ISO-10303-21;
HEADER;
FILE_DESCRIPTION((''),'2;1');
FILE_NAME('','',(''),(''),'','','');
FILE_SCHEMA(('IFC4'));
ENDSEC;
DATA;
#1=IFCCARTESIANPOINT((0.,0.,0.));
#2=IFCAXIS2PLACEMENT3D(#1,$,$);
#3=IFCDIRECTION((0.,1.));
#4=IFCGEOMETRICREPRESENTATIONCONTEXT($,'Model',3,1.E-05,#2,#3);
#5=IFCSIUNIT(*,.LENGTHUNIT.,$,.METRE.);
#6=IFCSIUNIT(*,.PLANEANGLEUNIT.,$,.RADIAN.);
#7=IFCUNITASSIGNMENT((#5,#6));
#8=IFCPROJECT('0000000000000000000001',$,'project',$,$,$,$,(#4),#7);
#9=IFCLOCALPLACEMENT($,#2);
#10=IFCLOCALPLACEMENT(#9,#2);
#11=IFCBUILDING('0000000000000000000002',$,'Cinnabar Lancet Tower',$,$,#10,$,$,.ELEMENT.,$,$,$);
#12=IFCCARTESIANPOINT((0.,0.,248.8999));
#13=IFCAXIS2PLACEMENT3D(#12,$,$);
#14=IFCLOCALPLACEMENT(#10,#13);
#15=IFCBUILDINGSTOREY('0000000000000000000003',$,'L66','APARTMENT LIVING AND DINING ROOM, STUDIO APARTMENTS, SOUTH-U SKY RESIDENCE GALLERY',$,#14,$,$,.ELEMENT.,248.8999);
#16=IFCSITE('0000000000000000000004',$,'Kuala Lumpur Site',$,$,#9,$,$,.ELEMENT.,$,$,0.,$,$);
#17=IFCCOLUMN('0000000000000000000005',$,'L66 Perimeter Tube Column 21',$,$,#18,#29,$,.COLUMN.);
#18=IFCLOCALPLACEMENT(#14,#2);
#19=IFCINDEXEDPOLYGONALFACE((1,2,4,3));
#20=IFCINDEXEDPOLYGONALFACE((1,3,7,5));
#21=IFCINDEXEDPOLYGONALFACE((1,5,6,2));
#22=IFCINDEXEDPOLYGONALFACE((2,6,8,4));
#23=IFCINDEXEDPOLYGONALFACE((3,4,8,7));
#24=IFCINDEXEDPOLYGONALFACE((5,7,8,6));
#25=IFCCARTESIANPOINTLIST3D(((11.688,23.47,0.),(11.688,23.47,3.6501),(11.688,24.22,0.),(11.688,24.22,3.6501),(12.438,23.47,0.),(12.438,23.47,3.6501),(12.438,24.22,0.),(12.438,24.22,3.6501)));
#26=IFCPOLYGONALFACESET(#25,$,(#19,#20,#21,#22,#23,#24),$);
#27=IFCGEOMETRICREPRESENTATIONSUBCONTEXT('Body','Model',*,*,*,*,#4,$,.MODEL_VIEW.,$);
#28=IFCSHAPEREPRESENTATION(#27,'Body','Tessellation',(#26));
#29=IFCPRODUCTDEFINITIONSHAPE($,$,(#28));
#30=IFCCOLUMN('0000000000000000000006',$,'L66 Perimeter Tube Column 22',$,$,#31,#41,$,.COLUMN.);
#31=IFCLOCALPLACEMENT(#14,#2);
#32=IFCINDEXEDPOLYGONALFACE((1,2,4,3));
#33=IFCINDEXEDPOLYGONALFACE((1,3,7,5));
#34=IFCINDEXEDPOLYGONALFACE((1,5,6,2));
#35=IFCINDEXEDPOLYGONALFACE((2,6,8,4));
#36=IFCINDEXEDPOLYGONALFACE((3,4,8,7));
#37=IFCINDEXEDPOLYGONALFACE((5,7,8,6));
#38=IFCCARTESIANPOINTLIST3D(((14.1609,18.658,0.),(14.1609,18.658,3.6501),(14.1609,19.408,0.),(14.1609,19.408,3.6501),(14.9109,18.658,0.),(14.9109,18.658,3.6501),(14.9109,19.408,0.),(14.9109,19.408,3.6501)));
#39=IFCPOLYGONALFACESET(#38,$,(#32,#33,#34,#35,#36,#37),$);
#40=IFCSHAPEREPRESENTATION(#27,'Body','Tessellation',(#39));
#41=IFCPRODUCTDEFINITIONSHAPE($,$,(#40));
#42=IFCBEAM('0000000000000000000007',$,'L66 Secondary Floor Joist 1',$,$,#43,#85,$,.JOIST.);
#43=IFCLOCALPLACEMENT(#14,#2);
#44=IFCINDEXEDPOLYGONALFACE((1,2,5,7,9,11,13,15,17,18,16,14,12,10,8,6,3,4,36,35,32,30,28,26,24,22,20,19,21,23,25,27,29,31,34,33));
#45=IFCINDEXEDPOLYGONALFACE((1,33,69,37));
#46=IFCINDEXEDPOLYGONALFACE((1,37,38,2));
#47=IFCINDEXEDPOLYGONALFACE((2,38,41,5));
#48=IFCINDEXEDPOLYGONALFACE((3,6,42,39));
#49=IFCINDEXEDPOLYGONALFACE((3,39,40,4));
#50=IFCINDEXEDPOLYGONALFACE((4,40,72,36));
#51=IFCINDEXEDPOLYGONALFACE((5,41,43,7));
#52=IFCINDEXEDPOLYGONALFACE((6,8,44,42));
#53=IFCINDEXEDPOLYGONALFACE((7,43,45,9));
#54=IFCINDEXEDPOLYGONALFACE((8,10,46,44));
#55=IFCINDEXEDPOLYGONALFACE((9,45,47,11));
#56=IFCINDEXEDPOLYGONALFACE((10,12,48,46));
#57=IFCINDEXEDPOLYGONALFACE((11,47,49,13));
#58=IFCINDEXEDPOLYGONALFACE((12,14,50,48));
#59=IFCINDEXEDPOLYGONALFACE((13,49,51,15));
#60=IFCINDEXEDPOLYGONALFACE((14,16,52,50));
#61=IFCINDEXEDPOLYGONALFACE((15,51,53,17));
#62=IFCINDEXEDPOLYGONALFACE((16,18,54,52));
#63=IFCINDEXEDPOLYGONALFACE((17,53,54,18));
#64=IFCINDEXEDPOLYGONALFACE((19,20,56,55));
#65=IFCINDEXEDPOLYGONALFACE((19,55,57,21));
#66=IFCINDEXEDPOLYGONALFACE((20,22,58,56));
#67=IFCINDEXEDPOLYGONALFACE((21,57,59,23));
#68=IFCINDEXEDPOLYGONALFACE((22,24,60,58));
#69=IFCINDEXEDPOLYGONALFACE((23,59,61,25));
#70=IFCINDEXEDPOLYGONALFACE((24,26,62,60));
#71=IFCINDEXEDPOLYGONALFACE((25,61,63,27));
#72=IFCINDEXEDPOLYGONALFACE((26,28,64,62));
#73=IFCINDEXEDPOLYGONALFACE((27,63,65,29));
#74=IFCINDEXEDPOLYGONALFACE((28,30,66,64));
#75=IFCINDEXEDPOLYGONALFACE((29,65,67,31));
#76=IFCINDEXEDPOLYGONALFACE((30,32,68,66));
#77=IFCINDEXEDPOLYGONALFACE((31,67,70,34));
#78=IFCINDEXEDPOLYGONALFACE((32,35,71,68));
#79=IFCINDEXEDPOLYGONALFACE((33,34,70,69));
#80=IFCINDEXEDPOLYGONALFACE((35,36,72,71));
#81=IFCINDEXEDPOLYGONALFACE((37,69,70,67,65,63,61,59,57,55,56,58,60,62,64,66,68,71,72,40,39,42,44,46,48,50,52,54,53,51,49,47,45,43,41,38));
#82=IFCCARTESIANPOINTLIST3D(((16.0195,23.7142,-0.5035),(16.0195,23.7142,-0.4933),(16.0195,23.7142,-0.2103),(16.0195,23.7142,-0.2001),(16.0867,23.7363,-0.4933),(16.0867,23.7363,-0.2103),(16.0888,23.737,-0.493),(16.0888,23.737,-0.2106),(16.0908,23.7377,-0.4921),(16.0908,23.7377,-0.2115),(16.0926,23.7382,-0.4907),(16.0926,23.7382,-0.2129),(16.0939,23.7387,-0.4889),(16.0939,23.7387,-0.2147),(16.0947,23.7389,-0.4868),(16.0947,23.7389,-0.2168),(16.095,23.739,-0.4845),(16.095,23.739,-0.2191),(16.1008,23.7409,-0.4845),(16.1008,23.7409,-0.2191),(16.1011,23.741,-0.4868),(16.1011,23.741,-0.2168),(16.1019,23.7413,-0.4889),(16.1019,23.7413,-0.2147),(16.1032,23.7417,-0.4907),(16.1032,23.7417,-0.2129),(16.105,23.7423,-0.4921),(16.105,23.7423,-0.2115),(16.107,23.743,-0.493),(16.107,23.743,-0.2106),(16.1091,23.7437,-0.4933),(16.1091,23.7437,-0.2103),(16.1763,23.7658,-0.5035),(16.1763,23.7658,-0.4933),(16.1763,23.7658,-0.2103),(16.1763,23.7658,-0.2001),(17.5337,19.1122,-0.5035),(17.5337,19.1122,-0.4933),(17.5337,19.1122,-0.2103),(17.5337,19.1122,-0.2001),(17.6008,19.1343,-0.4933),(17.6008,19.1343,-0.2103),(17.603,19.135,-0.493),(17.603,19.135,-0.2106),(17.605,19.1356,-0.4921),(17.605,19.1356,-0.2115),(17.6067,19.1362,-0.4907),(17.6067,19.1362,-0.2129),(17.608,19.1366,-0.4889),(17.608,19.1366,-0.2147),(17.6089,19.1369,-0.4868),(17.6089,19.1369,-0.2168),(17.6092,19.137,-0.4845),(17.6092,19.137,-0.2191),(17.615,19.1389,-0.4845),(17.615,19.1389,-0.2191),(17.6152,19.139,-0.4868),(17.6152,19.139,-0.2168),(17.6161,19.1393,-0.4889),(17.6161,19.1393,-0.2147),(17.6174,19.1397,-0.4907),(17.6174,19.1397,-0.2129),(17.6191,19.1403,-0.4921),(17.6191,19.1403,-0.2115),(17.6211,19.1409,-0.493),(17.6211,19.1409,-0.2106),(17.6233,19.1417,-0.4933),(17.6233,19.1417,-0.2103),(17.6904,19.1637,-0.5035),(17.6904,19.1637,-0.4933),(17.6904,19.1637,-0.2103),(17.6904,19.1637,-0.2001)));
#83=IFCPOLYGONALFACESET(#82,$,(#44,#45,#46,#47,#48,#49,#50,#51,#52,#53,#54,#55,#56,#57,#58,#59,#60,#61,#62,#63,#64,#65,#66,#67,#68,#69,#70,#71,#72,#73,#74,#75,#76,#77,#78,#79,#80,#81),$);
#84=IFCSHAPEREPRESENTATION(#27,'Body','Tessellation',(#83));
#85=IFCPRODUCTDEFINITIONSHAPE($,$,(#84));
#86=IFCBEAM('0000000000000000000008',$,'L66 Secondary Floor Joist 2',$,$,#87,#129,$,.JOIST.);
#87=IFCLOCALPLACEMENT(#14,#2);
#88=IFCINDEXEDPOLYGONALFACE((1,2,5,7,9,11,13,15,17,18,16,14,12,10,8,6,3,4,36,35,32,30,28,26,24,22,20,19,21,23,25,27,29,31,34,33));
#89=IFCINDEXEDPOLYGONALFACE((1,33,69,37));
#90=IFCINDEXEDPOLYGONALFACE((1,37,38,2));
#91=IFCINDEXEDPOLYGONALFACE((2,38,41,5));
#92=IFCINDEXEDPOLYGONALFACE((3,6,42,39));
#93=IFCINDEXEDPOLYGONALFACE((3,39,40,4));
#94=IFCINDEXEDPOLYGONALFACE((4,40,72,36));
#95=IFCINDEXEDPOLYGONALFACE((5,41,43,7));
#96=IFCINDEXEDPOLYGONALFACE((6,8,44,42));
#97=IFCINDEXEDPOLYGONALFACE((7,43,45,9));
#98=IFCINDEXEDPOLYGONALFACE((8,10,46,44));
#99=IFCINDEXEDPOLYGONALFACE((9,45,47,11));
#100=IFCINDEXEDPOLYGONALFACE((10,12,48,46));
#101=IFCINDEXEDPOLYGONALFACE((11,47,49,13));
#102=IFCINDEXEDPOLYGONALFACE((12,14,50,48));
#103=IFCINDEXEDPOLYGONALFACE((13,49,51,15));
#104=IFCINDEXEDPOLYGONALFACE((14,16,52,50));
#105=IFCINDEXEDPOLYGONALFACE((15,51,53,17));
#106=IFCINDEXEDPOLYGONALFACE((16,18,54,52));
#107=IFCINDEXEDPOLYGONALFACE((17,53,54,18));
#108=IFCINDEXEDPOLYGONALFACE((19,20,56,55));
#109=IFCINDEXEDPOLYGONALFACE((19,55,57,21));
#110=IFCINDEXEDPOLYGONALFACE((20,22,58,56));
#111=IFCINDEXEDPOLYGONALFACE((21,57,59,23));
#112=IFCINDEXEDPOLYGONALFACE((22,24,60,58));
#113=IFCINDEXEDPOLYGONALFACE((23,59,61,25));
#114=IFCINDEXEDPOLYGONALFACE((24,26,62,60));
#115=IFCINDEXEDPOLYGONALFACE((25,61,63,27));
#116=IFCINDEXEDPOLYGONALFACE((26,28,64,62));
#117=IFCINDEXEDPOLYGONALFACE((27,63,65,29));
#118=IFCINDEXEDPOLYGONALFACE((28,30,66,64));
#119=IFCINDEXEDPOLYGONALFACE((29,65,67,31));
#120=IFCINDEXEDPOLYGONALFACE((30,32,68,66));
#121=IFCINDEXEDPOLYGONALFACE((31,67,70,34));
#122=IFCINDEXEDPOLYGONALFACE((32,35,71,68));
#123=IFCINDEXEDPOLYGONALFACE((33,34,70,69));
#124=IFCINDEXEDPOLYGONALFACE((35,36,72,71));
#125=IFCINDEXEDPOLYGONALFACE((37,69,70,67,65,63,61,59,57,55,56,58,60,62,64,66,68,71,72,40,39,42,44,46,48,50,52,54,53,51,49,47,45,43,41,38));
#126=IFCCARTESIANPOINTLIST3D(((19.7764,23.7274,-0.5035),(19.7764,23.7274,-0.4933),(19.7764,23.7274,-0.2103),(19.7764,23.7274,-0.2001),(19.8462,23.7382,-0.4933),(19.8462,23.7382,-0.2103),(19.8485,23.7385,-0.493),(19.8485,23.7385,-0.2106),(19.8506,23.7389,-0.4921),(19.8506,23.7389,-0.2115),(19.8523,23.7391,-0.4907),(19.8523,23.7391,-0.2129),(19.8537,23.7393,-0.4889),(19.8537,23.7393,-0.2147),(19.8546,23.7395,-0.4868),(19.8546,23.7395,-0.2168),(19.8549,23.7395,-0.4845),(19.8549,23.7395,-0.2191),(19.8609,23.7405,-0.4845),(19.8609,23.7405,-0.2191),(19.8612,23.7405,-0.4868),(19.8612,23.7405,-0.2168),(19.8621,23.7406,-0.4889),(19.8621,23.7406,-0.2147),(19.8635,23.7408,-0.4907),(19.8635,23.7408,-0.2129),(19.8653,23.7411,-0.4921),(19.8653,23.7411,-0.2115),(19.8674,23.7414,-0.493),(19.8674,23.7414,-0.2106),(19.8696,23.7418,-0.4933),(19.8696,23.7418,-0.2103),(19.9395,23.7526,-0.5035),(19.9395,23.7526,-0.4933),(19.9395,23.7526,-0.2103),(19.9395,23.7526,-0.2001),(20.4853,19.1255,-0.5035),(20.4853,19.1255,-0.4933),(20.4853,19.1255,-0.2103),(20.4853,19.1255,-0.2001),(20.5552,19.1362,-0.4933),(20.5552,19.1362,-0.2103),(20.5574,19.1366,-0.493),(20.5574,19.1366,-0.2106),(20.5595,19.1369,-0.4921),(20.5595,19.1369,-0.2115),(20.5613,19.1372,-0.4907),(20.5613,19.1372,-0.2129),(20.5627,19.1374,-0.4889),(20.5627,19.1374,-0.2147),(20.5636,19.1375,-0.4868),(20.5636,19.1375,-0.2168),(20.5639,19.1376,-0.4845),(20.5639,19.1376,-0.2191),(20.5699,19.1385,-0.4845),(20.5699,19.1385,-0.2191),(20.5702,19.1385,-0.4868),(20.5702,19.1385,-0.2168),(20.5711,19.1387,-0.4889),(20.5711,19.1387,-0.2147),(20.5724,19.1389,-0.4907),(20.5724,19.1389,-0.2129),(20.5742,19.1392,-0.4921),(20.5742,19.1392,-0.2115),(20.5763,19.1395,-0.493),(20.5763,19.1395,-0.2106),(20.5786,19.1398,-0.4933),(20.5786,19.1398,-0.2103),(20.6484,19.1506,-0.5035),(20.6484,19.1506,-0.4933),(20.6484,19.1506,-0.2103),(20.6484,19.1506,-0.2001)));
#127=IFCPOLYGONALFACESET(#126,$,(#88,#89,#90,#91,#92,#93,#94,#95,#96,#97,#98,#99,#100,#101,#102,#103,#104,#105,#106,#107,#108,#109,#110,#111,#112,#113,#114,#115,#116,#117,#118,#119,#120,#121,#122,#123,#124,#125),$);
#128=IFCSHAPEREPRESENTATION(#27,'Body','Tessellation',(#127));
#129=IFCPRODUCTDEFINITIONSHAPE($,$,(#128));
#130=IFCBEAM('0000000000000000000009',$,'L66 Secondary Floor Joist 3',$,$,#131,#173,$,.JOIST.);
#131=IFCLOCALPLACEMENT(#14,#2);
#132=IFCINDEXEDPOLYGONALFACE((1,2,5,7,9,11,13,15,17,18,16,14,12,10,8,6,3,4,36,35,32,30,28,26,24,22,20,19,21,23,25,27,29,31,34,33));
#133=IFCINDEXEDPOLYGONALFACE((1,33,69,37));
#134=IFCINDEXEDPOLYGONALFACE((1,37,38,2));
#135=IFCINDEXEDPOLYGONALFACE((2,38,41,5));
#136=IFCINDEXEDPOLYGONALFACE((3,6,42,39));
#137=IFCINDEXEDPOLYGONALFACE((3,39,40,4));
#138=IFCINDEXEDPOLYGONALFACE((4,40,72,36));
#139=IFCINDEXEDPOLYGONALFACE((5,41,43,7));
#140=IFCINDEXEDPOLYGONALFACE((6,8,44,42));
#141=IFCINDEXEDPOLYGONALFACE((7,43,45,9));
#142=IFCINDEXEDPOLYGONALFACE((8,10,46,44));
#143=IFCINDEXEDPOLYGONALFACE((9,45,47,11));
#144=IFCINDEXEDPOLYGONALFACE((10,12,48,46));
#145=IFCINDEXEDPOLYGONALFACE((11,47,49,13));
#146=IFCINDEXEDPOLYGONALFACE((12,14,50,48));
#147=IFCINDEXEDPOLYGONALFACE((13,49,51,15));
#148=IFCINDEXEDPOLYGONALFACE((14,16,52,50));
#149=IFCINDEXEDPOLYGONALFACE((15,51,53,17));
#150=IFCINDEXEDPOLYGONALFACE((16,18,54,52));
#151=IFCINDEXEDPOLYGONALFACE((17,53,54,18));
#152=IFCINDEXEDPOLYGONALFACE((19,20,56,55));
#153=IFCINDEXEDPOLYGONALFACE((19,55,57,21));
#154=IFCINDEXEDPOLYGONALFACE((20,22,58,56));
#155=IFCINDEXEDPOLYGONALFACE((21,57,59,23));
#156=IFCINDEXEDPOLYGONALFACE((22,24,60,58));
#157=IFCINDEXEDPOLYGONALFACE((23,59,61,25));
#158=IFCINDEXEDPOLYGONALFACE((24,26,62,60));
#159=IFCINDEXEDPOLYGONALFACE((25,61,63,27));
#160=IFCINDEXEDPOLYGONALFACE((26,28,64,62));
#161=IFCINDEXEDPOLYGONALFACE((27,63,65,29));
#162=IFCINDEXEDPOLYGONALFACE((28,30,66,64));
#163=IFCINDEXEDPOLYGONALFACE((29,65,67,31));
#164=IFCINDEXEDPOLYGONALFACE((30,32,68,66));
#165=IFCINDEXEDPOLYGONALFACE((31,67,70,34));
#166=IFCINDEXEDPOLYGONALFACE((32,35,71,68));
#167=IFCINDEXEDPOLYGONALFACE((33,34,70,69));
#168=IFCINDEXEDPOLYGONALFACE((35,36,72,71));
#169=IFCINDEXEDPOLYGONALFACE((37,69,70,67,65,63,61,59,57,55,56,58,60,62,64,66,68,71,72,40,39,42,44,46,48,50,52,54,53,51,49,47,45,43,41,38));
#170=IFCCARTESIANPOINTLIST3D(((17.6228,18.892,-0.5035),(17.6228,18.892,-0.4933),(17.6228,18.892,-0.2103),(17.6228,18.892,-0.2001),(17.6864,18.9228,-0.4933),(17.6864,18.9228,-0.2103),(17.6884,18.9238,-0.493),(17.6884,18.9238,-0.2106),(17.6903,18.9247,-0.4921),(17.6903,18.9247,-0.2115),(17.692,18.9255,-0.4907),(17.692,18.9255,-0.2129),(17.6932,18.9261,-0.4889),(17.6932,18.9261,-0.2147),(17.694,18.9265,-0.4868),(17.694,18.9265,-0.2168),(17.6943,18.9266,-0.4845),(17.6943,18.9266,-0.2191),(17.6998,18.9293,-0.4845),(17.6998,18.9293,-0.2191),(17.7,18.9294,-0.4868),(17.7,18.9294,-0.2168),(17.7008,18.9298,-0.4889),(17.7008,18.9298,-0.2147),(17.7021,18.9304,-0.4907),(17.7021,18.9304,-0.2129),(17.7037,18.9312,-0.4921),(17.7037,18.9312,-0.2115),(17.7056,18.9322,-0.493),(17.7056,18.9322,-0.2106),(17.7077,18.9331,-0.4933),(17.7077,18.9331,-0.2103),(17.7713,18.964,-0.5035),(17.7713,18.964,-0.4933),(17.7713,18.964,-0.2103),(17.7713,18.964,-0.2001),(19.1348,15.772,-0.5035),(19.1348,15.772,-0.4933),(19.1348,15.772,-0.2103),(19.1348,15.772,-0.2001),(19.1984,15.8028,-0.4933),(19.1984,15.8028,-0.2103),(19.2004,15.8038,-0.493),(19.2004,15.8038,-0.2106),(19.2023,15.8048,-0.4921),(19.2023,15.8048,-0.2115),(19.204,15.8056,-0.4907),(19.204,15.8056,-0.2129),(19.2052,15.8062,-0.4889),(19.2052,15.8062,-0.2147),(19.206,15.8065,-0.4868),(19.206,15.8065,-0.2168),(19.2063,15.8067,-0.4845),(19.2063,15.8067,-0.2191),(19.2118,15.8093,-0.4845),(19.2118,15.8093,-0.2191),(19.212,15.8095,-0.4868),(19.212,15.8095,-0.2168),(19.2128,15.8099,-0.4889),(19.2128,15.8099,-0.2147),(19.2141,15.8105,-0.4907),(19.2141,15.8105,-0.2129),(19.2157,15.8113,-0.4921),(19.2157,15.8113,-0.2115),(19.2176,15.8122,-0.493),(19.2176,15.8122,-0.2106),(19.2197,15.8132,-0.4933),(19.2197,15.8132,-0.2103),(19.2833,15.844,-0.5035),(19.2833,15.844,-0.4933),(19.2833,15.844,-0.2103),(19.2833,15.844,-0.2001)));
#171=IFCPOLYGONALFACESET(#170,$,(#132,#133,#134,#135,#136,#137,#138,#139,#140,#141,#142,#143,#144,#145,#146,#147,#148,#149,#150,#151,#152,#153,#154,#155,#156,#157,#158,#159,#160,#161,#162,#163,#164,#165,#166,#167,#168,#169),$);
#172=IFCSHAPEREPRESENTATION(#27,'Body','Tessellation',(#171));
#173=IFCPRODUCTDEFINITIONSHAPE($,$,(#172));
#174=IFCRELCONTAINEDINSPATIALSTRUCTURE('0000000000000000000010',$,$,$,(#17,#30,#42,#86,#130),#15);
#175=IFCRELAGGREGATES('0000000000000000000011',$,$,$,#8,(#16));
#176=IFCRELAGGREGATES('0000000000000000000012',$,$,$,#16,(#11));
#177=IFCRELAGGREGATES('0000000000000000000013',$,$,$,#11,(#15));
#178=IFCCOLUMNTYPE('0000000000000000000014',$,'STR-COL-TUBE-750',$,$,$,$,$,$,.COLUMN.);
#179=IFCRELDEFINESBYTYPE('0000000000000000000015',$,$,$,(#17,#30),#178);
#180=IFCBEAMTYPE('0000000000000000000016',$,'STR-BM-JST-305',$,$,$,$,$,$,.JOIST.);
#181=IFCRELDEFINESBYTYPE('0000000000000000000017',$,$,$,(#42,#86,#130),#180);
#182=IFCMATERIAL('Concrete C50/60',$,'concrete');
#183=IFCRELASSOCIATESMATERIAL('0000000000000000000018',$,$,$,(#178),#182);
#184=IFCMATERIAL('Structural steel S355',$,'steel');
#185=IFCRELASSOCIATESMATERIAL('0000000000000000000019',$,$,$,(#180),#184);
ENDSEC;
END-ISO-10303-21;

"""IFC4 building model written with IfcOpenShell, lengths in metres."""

from ifc_helpers import new_model, si_unit, direction, frame, origin, origin_2d, place, context, subcontext, project, spatial, rectangle, i_section, extrude, material, material_profile, profile_set, type_object, element, save


model = new_model("IFC4")

# Units and contexts
model_context = context("Model", 3, precision=1e-05, world=origin(), true_north=direction((0.0, 1.0)))
body_context = subcontext(model_context, "Body", "Model", "MODEL_VIEW")
ifc_project = project(units=[si_unit("LENGTHUNIT", "METRE"), si_unit("PLANEANGLEUNIT", "RADIAN")], contexts=[model_context])

# Site, building, storey
site_placement = place(None, origin())
site = spatial("IfcSite", under=ifc_project, at=site_placement, Name="Kuala Lumpur Site", CompositionType="ELEMENT", RefElevation=0.0)
building_placement = place(site_placement, origin())
building = spatial("IfcBuilding", under=site, at=building_placement, Name="Cinnabar Lancet Tower", CompositionType="ELEMENT")
storey_placement = place(building_placement, frame((0.0, 0.0, 248.8999)))
storey = spatial("IfcBuildingStorey", under=building, at=storey_placement, Name="L66", Description="APARTMENT LIVING AND DINING ROOM, STUDIO APARTMENTS, SOUTH-U SKY RESIDENCE GALLERY", CompositionType="ELEMENT", Elevation=248.8999)

# Columns
ifc_material_1 = material(Name="Concrete C50/60", Category="concrete")
ifc_material_profile_1 = material_profile(ifc_material_1, rectangle(XDim=0.75, YDim=0.75, at=origin_2d()), Name="RC-COL 750x750")
ifc_profile_set_1 = profile_set([ifc_material_profile_1], Name="Concrete C50/60")
column_type = type_object("IfcColumnType", Name="STR-COL-TUBE-750", PredefinedType="COLUMN", material=ifc_profile_set_1)
for number, where, z_axis, x_axis, name in (
    (1, (12.063, 23.845, 0.0), (0.0, 0.0, 1.0), (1.0, 0.0, 0.0), "L66 Perimeter Tube Column 21"),
    (2, (14.5359, 19.033, 0.0), (0.0, 0.0, 1.0), (1.0, 0.0, 0.0), "L66 Perimeter Tube Column 22"),
):
    element("IfcColumn", number, at=place(storey_placement, frame(where, z_axis=z_axis, x_axis=x_axis)), inside=storey, type_object=column_type, Name=name, PredefinedType="COLUMN", context=body_context, shape_type="SweptSolid", body=[
        extrude(rectangle(XDim=0.75, YDim=0.75, at=origin_2d()), origin(), (0.0, 0.0, 1.0), 3.6501),
    ])

# Beams
ifc_material_2 = material(Name="Structural steel S355", Category="steel")
ifc_material_profile_2 = material_profile(ifc_material_2, i_section(OverallWidth=0.165, OverallDepth=0.3035, WebThickness=0.0061, FlangeThickness=0.0103, FilletRadius=0.0088, at=origin_2d()), Name="UKB 305x165x40")
ifc_profile_set_2 = profile_set([ifc_material_profile_2], Name="Structural steel S355")
beam_type_1 = type_object("IfcBeamType", Name="STR-BM-JST-305", PredefinedType="JOIST", material=ifc_profile_set_2)
beam_1_placement = place(storey_placement, frame((16.0979, 23.74, -0.3518), z_axis=(0.312537, -0.949906, 0.0), x_axis=(0.949906, 0.312537, 0.0)))
element("IfcBeam", 3, at=beam_1_placement, inside=storey, type_object=beam_type_1, Name="L66 Secondary Floor Joist 1", PredefinedType="JOIST", context=body_context, shape_type="SweptSolid", body=[
    extrude(i_section(OverallWidth=0.165, OverallDepth=0.3035, WebThickness=0.0061, FlangeThickness=0.0103, FilletRadius=0.0088, at=origin_2d()), origin(), (0.0, 0.0, 1.0), 4.8447),
])
beam_2_placement = place(storey_placement, frame((19.8579, 23.74, -0.3518), z_axis=(0.152262, -0.98834, 0.0), x_axis=(0.98834, 0.152262, 0.0)))
element("IfcBeam", 4, at=beam_2_placement, inside=storey, type_object=beam_type_1, Name="L66 Secondary Floor Joist 2", PredefinedType="JOIST", context=body_context, shape_type="SweptSolid", body=[
    extrude(i_section(OverallWidth=0.165, OverallDepth=0.3035, WebThickness=0.0061, FlangeThickness=0.0103, FilletRadius=0.0088, at=origin_2d()), origin(), (0.0, 0.0, 1.0), 4.6562),
])
beam_3_placement = place(storey_placement, frame((17.697, 18.928, -0.3518), z_axis=(0.436109, -0.899894, 0.0), x_axis=(0.899894, 0.436109, 0.0)))
element("IfcBeam", 5, at=beam_3_placement, inside=storey, type_object=beam_type_1, Name="L66 Secondary Floor Joist 3", PredefinedType="JOIST", context=body_context, shape_type="SweptSolid", body=[
    extrude(i_section(OverallWidth=0.165, OverallDepth=0.3035, WebThickness=0.0061, FlangeThickness=0.0103, FilletRadius=0.0088, at=origin_2d()), origin(), (0.0, 0.0, 1.0), 3.467),
])

save(model, "model.ifc")
